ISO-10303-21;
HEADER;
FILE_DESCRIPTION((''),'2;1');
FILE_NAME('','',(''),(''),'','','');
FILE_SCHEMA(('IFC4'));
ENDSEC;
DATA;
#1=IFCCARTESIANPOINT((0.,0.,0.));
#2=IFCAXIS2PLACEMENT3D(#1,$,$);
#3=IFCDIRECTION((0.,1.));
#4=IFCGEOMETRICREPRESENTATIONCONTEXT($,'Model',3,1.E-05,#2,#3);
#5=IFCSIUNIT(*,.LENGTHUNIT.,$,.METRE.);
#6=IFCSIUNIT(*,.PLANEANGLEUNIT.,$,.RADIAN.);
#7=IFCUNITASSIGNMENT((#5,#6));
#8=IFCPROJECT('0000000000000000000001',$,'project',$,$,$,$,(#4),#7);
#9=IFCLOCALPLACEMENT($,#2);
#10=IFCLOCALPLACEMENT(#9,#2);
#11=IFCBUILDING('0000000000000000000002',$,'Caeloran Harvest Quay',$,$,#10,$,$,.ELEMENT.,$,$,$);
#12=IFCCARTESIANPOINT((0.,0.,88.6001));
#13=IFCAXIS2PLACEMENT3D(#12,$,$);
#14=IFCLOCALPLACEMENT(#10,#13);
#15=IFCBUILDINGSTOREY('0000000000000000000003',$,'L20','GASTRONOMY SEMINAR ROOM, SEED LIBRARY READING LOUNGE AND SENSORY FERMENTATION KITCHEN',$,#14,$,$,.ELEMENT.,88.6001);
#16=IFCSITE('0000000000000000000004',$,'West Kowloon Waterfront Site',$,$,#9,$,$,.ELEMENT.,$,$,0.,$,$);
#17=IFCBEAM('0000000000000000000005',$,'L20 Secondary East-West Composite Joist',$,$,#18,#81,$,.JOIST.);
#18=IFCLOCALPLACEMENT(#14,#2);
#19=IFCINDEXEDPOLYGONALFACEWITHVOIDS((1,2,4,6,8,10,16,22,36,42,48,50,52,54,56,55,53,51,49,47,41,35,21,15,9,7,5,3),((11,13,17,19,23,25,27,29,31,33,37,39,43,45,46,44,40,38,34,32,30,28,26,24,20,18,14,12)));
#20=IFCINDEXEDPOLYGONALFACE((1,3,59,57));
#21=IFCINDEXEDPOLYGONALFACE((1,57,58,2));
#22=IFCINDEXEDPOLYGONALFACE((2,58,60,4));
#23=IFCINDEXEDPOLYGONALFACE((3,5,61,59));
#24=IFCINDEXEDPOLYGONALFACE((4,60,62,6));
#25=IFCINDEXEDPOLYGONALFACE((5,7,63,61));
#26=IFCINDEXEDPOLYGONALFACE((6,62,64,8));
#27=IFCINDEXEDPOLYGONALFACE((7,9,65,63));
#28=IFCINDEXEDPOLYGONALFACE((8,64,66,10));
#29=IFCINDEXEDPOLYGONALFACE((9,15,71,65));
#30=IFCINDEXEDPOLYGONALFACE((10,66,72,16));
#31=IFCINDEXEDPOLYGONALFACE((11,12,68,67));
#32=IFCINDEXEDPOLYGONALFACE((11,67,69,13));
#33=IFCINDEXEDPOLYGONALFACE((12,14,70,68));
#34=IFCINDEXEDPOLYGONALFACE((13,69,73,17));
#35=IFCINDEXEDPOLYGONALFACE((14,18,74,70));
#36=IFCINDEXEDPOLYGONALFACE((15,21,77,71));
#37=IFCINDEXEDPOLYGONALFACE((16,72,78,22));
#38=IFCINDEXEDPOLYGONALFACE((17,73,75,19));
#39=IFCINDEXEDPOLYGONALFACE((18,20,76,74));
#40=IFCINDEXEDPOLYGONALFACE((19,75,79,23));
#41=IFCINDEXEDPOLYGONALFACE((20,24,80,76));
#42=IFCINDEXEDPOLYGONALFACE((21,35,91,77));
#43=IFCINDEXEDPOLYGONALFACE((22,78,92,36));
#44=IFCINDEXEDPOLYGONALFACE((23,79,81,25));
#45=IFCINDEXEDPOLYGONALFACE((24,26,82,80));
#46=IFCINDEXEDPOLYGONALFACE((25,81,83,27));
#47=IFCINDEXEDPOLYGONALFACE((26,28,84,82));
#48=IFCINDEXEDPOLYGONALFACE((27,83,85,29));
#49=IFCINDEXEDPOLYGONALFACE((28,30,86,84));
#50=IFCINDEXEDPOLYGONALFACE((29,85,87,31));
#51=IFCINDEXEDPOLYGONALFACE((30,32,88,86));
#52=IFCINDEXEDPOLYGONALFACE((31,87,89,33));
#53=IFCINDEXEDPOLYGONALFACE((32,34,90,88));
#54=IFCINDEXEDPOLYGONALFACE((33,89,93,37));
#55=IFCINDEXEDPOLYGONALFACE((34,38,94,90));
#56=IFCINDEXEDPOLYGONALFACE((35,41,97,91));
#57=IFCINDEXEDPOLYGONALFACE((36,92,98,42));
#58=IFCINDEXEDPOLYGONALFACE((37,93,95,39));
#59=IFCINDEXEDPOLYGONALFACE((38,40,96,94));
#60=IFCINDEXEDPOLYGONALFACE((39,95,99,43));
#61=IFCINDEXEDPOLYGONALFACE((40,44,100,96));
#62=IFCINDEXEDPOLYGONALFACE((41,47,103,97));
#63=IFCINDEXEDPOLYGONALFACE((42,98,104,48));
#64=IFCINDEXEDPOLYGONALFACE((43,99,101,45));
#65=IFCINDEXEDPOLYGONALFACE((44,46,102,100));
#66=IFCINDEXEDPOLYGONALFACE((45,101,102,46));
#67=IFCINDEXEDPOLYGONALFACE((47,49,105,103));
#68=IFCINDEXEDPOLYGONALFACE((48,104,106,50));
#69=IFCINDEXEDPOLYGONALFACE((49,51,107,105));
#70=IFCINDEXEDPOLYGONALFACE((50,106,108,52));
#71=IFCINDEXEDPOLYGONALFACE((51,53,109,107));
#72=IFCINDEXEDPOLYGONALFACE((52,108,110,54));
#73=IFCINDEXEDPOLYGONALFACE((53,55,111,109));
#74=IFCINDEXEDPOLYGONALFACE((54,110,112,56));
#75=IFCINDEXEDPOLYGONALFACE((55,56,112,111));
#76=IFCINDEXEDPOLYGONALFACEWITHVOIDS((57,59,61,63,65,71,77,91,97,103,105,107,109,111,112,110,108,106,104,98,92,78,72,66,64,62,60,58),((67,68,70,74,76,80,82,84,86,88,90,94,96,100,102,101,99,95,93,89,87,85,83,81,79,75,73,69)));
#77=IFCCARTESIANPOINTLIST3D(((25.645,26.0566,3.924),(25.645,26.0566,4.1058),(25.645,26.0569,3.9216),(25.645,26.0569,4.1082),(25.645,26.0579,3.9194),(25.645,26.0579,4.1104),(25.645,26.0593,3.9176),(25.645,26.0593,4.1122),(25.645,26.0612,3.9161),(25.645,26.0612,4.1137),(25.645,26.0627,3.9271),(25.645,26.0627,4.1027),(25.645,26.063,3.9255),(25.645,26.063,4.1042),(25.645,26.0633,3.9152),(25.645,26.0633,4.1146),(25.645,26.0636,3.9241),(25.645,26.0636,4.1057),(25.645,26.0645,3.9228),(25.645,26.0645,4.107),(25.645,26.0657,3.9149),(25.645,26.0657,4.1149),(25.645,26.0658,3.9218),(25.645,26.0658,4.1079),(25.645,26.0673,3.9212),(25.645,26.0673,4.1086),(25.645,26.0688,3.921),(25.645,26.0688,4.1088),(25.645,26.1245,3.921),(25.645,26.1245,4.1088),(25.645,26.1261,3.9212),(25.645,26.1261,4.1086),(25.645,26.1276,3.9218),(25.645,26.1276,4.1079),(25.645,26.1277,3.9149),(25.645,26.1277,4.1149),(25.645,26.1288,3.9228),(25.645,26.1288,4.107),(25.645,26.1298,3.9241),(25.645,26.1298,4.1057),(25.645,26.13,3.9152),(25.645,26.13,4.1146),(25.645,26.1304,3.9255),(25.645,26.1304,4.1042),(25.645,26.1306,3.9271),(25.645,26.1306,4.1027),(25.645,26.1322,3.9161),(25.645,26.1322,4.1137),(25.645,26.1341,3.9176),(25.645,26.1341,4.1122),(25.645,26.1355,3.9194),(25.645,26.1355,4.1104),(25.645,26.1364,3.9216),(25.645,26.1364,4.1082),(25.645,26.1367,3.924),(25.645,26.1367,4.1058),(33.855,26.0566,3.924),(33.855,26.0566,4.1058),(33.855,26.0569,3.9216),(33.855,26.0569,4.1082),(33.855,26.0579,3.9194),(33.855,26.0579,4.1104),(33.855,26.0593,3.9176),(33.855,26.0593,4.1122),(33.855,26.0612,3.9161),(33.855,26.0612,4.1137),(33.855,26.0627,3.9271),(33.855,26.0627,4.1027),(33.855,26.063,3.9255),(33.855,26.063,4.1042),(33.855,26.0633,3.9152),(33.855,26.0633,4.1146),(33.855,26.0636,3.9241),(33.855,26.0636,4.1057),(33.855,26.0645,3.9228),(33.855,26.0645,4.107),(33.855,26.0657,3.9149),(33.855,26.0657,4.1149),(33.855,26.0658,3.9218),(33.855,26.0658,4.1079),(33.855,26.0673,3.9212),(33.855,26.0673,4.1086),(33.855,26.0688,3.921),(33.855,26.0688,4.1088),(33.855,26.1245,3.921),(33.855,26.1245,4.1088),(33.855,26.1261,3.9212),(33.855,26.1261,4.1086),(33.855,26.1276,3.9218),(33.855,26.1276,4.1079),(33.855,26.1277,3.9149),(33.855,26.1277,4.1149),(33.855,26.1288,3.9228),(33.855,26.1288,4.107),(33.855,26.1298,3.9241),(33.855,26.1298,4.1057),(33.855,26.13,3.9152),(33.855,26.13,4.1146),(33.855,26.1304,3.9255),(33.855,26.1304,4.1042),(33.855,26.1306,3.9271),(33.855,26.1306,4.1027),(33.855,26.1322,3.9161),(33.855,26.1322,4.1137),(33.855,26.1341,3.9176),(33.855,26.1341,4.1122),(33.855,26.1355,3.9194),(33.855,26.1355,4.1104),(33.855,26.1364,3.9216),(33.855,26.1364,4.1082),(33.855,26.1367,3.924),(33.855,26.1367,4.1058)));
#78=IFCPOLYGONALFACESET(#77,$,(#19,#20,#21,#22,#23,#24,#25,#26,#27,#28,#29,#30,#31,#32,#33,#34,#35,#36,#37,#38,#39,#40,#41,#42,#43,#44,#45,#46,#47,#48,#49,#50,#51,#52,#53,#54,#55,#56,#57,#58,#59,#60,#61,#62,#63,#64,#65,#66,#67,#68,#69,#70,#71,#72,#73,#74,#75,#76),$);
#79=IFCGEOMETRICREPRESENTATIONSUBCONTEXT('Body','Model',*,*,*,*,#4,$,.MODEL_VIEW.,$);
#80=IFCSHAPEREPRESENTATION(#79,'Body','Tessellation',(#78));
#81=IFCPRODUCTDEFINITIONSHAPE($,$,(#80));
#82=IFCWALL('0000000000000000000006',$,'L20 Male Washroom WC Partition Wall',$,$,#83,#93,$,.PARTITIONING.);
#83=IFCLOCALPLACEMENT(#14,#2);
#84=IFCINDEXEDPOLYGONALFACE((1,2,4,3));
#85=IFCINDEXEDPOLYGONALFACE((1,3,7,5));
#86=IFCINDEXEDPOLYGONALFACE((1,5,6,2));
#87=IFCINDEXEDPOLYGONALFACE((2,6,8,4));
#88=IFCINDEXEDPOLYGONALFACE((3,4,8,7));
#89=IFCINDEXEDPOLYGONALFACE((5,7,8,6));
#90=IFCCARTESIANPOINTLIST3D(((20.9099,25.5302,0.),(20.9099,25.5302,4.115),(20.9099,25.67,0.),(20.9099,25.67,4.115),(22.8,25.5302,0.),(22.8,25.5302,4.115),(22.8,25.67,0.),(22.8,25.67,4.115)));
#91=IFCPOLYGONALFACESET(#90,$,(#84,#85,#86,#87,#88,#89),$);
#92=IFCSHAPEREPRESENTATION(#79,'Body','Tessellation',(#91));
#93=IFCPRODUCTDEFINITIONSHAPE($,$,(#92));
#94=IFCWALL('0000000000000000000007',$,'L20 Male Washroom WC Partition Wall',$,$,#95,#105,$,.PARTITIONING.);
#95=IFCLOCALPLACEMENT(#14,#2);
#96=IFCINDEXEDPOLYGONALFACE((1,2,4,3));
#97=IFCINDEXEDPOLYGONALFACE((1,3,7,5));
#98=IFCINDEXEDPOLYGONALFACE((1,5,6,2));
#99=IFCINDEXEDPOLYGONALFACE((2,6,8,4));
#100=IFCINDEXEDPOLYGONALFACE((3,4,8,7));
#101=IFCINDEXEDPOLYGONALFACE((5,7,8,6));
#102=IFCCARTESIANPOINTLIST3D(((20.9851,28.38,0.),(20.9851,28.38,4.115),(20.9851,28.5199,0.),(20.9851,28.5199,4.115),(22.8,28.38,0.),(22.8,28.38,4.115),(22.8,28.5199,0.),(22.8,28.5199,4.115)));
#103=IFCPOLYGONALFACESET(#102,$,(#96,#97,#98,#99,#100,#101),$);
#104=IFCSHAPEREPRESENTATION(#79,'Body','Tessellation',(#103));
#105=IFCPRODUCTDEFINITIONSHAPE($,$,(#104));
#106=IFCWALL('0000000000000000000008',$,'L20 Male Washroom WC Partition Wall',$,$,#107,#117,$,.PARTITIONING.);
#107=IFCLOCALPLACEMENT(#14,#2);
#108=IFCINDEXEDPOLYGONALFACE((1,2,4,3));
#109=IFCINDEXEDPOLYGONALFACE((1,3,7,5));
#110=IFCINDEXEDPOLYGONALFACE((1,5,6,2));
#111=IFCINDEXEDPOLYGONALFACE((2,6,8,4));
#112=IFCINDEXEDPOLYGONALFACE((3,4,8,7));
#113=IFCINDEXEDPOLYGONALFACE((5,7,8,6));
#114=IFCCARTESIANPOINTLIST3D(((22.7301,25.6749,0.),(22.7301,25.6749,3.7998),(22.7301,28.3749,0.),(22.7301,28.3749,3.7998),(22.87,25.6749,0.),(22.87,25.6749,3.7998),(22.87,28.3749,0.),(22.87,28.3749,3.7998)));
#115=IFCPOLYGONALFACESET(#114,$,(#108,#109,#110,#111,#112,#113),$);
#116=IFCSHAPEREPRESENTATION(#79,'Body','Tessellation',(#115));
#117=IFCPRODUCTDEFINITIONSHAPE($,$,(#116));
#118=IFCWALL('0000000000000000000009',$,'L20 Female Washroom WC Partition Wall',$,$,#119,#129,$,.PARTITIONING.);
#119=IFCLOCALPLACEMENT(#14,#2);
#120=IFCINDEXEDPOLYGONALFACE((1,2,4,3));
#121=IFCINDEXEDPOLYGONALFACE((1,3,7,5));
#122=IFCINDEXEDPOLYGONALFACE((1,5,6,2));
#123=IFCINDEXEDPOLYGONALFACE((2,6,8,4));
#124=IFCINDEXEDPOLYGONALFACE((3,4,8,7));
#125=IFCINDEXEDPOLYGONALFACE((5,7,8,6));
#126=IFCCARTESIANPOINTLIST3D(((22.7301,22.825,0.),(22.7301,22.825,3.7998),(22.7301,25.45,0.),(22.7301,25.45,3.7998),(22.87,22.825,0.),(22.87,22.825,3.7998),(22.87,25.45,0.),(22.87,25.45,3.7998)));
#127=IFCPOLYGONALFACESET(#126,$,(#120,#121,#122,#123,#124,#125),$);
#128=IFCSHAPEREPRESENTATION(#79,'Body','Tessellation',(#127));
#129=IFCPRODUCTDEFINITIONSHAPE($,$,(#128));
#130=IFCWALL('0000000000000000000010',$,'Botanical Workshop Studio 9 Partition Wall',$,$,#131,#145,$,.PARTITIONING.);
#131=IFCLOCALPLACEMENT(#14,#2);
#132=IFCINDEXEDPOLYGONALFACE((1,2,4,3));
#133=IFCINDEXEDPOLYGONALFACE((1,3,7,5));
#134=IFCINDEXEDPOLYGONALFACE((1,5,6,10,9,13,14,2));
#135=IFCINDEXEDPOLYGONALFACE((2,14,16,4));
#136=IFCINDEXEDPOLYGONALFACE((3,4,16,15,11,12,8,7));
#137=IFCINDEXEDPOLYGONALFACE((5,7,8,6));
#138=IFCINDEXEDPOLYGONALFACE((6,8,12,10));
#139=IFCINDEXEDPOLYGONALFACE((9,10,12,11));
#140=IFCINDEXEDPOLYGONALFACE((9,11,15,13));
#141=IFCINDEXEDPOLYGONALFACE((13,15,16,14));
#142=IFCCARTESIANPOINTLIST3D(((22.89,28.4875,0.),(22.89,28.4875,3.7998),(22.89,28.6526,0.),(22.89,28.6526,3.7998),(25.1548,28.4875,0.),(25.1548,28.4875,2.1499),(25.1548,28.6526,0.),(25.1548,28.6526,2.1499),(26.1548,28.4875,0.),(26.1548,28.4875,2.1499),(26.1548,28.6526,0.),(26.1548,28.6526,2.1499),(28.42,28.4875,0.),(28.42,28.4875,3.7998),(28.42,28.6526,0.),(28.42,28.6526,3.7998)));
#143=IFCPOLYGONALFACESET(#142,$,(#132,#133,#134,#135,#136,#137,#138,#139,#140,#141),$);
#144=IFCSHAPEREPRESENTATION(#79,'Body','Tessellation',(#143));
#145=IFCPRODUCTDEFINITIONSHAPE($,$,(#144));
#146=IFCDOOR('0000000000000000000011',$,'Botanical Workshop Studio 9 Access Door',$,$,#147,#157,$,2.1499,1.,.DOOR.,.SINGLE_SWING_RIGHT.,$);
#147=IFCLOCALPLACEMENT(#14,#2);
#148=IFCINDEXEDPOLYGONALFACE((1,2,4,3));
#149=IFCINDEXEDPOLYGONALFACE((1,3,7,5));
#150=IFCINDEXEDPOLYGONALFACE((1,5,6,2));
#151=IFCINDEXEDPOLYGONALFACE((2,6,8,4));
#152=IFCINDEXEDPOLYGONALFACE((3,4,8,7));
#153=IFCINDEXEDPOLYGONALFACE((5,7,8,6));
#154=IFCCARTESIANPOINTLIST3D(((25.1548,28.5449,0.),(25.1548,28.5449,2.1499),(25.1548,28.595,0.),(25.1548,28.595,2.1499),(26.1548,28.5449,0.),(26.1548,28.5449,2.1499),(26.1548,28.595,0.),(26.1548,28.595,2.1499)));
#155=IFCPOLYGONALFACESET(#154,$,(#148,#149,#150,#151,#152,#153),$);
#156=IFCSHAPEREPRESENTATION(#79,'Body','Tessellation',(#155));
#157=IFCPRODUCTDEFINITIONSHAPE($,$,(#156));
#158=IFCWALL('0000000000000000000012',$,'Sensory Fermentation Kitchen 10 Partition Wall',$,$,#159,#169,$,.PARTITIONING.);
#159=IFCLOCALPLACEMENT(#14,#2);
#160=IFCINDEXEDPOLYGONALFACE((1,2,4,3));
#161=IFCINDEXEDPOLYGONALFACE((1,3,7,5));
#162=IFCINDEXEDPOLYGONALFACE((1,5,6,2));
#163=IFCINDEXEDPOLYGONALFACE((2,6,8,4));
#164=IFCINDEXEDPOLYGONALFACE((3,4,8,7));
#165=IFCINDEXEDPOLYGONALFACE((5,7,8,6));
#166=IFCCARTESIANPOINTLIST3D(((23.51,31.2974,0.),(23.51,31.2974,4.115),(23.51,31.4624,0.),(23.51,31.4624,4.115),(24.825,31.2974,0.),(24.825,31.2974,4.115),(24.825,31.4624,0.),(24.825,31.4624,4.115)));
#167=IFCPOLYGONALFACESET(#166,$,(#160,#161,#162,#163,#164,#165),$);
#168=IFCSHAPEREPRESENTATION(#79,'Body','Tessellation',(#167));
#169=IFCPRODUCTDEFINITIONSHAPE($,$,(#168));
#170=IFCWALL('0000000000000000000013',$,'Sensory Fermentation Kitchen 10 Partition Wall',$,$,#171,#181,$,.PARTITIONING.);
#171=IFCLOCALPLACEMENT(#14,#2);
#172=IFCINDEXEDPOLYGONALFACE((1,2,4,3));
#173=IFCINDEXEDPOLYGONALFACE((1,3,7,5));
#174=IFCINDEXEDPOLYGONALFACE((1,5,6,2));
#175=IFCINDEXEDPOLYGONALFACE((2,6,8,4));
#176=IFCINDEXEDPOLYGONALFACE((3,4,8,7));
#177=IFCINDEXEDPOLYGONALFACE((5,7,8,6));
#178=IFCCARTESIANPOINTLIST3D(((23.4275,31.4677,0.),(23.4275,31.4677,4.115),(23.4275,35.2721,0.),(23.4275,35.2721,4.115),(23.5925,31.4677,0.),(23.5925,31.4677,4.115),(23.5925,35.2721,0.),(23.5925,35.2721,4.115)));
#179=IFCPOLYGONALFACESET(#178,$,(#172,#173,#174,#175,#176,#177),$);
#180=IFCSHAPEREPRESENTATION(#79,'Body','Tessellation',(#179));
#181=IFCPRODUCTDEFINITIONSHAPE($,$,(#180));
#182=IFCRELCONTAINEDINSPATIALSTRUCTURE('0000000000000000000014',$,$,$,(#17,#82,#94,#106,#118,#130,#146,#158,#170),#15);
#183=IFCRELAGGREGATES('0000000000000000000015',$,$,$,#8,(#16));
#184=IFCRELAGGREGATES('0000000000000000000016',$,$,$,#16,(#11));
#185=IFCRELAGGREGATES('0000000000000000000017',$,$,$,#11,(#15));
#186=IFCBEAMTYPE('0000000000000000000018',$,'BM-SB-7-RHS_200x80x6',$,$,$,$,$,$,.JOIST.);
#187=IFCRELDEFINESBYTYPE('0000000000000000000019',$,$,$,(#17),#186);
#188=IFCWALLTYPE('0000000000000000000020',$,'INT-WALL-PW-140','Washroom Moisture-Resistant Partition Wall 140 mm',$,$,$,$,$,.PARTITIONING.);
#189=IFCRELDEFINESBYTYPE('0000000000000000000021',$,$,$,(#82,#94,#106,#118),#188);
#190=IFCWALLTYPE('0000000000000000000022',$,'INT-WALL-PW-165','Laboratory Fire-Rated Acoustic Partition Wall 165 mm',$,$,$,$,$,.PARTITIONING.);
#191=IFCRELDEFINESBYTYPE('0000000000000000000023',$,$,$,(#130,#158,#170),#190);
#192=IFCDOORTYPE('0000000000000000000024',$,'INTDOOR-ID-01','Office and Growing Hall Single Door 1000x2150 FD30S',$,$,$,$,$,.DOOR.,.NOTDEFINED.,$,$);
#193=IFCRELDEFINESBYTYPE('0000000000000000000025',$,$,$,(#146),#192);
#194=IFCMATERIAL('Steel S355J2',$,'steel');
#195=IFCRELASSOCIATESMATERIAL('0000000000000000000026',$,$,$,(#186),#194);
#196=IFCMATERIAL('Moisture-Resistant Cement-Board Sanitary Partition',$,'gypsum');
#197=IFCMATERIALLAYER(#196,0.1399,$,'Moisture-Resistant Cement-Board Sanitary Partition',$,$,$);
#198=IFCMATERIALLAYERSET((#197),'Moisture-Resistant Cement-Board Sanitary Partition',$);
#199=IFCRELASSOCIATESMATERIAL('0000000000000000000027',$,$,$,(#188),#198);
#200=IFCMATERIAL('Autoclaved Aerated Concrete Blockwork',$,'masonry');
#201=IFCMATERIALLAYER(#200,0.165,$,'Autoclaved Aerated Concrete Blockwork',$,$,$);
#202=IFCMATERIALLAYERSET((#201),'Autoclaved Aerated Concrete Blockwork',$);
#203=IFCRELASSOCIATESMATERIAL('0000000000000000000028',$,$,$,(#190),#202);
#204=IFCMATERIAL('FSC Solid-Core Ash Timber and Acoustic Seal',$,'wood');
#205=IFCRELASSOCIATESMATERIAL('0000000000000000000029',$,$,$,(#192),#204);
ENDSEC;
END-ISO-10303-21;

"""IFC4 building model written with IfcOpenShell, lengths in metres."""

from ifc_helpers import new_model, si_unit, direction, frame, frame_2d, origin, origin_2d, place, context, subcontext, project, spatial, rectangle, hollow_rectangle, extrude, material, layer, layer_set, material_profile, profile_set, type_object, element, fill, save


model = new_model("IFC4")

# Units and contexts
model_context = context("Model", 3, precision=1e-05, world=origin(), true_north=direction((0.0, 1.0)))
body_context = subcontext(model_context, "Body", "Model", "MODEL_VIEW")
ifc_project = project(units=[si_unit("LENGTHUNIT", "METRE"), si_unit("PLANEANGLEUNIT", "RADIAN")], contexts=[model_context])

# Site, building, storey
site_placement = place(None, origin())
site = spatial("IfcSite", under=ifc_project, at=site_placement, Name="West Kowloon Waterfront Site", CompositionType="ELEMENT", RefElevation=0.0)
building_placement = place(site_placement, origin())
building = spatial("IfcBuilding", under=site, at=building_placement, Name="Caeloran Harvest Quay", CompositionType="ELEMENT")
storey_placement = place(building_placement, frame((0.0, 0.0, 88.6001)))
storey = spatial("IfcBuildingStorey", under=building, at=storey_placement, Name="L20", Description="GASTRONOMY SEMINAR ROOM, SEED LIBRARY READING LOUNGE AND SENSORY FERMENTATION KITCHEN", CompositionType="ELEMENT", Elevation=88.6001)

# Beam
ifc_material_1 = material(Name="Steel S355J2", Category="steel")
ifc_material_profile_1 = material_profile(ifc_material_1, hollow_rectangle(XDim=0.0801, YDim=0.2, WallThickness=0.0061, InnerFilletRadius=0.0061, OuterFilletRadius=0.009, at=origin_2d()), Name="RHS 200x80x6")
ifc_profile_set_1 = profile_set([ifc_material_profile_1], Name="Steel S355J2")
beam_type_1 = type_object("IfcBeamType", Name="BM-SB-7-RHS_200x80x6", PredefinedType="JOIST", material=ifc_profile_set_1)
for number, where, z_axis, x_axis, name in (
    (1, (25.645, 26.0967, 4.0149), (1.0, 0.0, 0.0), (0.0, 1.0, 0.0), "L20 Secondary East-West Composite Joist"),
):
    element("IfcBeam", number, at=place(storey_placement, frame(where, z_axis=z_axis, x_axis=x_axis)), inside=storey, type_object=beam_type_1, Name=name, PredefinedType="JOIST", context=body_context, shape_type="SweptSolid", body=[
        extrude(hollow_rectangle(XDim=0.0801, YDim=0.2, WallThickness=0.0061, InnerFilletRadius=0.0061, OuterFilletRadius=0.009, at=origin_2d()), origin(), (0.0, 0.0, 1.0), 8.21),
    ])

# Wall
ifc_material_2 = material(Name="Moisture-Resistant Cement-Board Sanitary Partition", Category="gypsum")
ifc_layer_1 = layer(ifc_material_2, 0.1399, Name="Moisture-Resistant Cement-Board Sanitary Partition")
ifc_layer_set_1 = layer_set([ifc_layer_1], Name="Moisture-Resistant Cement-Board Sanitary Partition")
wall_type_1 = type_object("IfcWallType", Name="INT-WALL-PW-140", Description="Washroom Moisture-Resistant Partition Wall 140 mm", PredefinedType="PARTITIONING", material=ifc_layer_set_1)
wall_1_placement = place(storey_placement, frame((22.8, 25.6001, 0.0), z_axis=(0.0, 0.0, 1.0), x_axis=(-1.0, 0.0, 0.0)))
element("IfcWall", 2, at=wall_1_placement, inside=storey, type_object=wall_type_1, Name="L20 Male Washroom WC Partition Wall", PredefinedType="PARTITIONING", context=body_context, shape_type="SweptSolid", body=[
    extrude(rectangle(XDim=1.8901, YDim=0.1399, at=frame_2d((0.9451, 0.0))), origin(), (0.0, 0.0, 1.0), 4.115),
])

# Walls
wall_2_placement = place(storey_placement, frame((20.9851, 28.45, 0.0), z_axis=(0.0, 0.0, 1.0), x_axis=(1.0, 0.0, 0.0)))
element("IfcWall", 3, at=wall_2_placement, inside=storey, type_object=wall_type_1, Name="L20 Male Washroom WC Partition Wall", PredefinedType="PARTITIONING", context=body_context, shape_type="SweptSolid", body=[
    extrude(rectangle(XDim=1.8149, YDim=0.1399, at=frame_2d((0.9075, 0.0))), origin(), (0.0, 0.0, 1.0), 4.115),
])
wall_3_placement = place(storey_placement, frame((22.8, 28.375, 0.0), z_axis=(0.0, 0.0, 1.0), x_axis=(0.0, -1.0, 0.0)))
element("IfcWall", 4, at=wall_3_placement, inside=storey, type_object=wall_type_1, Name="L20 Male Washroom WC Partition Wall", PredefinedType="PARTITIONING", context=body_context, shape_type="SweptSolid", body=[
    extrude(rectangle(XDim=2.7, YDim=0.1399, at=frame_2d((1.3501, 0.0))), origin(), (0.0, 0.0, 1.0), 3.7998),
])
wall_4_placement = place(storey_placement, frame((22.8, 25.45, 0.0), z_axis=(0.0, 0.0, 1.0), x_axis=(0.0, -1.0, 0.0)))
element("IfcWall", 5, at=wall_4_placement, inside=storey, type_object=wall_type_1, Name="L20 Female Washroom WC Partition Wall", PredefinedType="PARTITIONING", context=body_context, shape_type="SweptSolid", body=[
    extrude(rectangle(XDim=2.625, YDim=0.1399, at=frame_2d((1.3125, 0.0))), origin(), (0.0, 0.0, 1.0), 3.7998),
])

# Wall, opening, door
ifc_material_3 = material(Name="Autoclaved Aerated Concrete Blockwork", Category="masonry")
ifc_layer_2 = layer(ifc_material_3, 0.165, Name="Autoclaved Aerated Concrete Blockwork")
ifc_layer_set_2 = layer_set([ifc_layer_2], Name="Autoclaved Aerated Concrete Blockwork")
wall_type_2 = type_object("IfcWallType", Name="INT-WALL-PW-165", Description="Laboratory Fire-Rated Acoustic Partition Wall 165 mm", PredefinedType="PARTITIONING", material=ifc_layer_set_2)
wall_5_placement = place(storey_placement, frame((22.8899, 28.5701, 0.0), z_axis=(0.0, 0.0, 1.0), x_axis=(1.0, 0.0, 0.0)))
wall_5 = element("IfcWall", 6, at=wall_5_placement, inside=storey, type_object=wall_type_2, Name="Botanical Workshop Studio 9 Partition Wall", PredefinedType="PARTITIONING", context=body_context, shape_type="SweptSolid", body=[
    extrude(rectangle(XDim=5.53, YDim=0.165, at=frame_2d((2.7651, 0.0))), origin(), (0.0, 0.0, 1.0), 3.7998),
])
opening_1_placement = place(wall_5_placement, frame((2.2649, 0.0, 0.0)))
opening_1 = element("IfcOpeningElement", 7, at=opening_1_placement, cuts=wall_5, PredefinedType="OPENING", context=body_context, shape_type="SweptSolid", body=[
    extrude(rectangle(XDim=1.0, YDim=2.1499, at=frame_2d((0.5, 1.075))), frame((0.0, 0.0925, 0.0), z_axis=(0.0, -1.0, 0.0), x_axis=(1.0, 0.0, 0.0)), (0.0, 0.0, 1.0), 0.1851),
])
ifc_material_4 = material(Name="FSC Solid-Core Ash Timber and Acoustic Seal", Category="wood")
door_type_1 = type_object("IfcDoorType", Name="INTDOOR-ID-01", Description="Office and Growing Hall Single Door 1000x2150 FD30S", OperationType="NOTDEFINED", PredefinedType="DOOR", material=ifc_material_4)
door_1_placement = place(opening_1_placement, origin())
door_1 = element("IfcDoor", 8, at=door_1_placement, inside=storey, type_object=door_type_1, Name="Botanical Workshop Studio 9 Access Door", OperationType="SINGLE_SWING_RIGHT", OverallHeight=2.1499, OverallWidth=1.0, PredefinedType="DOOR", context=body_context, shape_type="SweptSolid", body=[
    extrude(rectangle(XDim=1.0, YDim=2.1499, at=frame_2d((0.5, 1.075))), frame((0.0, 0.0249, 0.0), z_axis=(0.0, -1.0, 0.0), x_axis=(1.0, 0.0, 0.0)), (0.0, 0.0, 1.0), 0.05),
])
fill(opening_1, door_1)

# Walls
wall_6_placement = place(storey_placement, frame((24.825, 31.3799, 0.0), z_axis=(0.0, 0.0, 1.0), x_axis=(-1.0, 0.0, 0.0)))
element("IfcWall", 9, at=wall_6_placement, inside=storey, type_object=wall_type_2, Name="Sensory Fermentation Kitchen 10 Partition Wall", PredefinedType="PARTITIONING", context=body_context, shape_type="SweptSolid", body=[
    extrude(rectangle(XDim=1.3149, YDim=0.165, at=frame_2d((0.6575, 0.0))), origin(), (0.0, 0.0, 1.0), 4.115),
])
wall_7_placement = place(storey_placement, frame((23.51, 31.4675, 0.0), z_axis=(0.0, 0.0, 1.0), x_axis=(0.0, 1.0, 0.0)))
element("IfcWall", 10, at=wall_7_placement, inside=storey, type_object=wall_type_2, Name="Sensory Fermentation Kitchen 10 Partition Wall", PredefinedType="PARTITIONING", context=body_context, shape_type="SweptSolid", body=[
    extrude(rectangle(XDim=3.8044, YDim=0.165, at=frame_2d((1.9023, 0.0))), origin(), (0.0, 0.0, 1.0), 4.115),
])

save(model, "model.ifc")
